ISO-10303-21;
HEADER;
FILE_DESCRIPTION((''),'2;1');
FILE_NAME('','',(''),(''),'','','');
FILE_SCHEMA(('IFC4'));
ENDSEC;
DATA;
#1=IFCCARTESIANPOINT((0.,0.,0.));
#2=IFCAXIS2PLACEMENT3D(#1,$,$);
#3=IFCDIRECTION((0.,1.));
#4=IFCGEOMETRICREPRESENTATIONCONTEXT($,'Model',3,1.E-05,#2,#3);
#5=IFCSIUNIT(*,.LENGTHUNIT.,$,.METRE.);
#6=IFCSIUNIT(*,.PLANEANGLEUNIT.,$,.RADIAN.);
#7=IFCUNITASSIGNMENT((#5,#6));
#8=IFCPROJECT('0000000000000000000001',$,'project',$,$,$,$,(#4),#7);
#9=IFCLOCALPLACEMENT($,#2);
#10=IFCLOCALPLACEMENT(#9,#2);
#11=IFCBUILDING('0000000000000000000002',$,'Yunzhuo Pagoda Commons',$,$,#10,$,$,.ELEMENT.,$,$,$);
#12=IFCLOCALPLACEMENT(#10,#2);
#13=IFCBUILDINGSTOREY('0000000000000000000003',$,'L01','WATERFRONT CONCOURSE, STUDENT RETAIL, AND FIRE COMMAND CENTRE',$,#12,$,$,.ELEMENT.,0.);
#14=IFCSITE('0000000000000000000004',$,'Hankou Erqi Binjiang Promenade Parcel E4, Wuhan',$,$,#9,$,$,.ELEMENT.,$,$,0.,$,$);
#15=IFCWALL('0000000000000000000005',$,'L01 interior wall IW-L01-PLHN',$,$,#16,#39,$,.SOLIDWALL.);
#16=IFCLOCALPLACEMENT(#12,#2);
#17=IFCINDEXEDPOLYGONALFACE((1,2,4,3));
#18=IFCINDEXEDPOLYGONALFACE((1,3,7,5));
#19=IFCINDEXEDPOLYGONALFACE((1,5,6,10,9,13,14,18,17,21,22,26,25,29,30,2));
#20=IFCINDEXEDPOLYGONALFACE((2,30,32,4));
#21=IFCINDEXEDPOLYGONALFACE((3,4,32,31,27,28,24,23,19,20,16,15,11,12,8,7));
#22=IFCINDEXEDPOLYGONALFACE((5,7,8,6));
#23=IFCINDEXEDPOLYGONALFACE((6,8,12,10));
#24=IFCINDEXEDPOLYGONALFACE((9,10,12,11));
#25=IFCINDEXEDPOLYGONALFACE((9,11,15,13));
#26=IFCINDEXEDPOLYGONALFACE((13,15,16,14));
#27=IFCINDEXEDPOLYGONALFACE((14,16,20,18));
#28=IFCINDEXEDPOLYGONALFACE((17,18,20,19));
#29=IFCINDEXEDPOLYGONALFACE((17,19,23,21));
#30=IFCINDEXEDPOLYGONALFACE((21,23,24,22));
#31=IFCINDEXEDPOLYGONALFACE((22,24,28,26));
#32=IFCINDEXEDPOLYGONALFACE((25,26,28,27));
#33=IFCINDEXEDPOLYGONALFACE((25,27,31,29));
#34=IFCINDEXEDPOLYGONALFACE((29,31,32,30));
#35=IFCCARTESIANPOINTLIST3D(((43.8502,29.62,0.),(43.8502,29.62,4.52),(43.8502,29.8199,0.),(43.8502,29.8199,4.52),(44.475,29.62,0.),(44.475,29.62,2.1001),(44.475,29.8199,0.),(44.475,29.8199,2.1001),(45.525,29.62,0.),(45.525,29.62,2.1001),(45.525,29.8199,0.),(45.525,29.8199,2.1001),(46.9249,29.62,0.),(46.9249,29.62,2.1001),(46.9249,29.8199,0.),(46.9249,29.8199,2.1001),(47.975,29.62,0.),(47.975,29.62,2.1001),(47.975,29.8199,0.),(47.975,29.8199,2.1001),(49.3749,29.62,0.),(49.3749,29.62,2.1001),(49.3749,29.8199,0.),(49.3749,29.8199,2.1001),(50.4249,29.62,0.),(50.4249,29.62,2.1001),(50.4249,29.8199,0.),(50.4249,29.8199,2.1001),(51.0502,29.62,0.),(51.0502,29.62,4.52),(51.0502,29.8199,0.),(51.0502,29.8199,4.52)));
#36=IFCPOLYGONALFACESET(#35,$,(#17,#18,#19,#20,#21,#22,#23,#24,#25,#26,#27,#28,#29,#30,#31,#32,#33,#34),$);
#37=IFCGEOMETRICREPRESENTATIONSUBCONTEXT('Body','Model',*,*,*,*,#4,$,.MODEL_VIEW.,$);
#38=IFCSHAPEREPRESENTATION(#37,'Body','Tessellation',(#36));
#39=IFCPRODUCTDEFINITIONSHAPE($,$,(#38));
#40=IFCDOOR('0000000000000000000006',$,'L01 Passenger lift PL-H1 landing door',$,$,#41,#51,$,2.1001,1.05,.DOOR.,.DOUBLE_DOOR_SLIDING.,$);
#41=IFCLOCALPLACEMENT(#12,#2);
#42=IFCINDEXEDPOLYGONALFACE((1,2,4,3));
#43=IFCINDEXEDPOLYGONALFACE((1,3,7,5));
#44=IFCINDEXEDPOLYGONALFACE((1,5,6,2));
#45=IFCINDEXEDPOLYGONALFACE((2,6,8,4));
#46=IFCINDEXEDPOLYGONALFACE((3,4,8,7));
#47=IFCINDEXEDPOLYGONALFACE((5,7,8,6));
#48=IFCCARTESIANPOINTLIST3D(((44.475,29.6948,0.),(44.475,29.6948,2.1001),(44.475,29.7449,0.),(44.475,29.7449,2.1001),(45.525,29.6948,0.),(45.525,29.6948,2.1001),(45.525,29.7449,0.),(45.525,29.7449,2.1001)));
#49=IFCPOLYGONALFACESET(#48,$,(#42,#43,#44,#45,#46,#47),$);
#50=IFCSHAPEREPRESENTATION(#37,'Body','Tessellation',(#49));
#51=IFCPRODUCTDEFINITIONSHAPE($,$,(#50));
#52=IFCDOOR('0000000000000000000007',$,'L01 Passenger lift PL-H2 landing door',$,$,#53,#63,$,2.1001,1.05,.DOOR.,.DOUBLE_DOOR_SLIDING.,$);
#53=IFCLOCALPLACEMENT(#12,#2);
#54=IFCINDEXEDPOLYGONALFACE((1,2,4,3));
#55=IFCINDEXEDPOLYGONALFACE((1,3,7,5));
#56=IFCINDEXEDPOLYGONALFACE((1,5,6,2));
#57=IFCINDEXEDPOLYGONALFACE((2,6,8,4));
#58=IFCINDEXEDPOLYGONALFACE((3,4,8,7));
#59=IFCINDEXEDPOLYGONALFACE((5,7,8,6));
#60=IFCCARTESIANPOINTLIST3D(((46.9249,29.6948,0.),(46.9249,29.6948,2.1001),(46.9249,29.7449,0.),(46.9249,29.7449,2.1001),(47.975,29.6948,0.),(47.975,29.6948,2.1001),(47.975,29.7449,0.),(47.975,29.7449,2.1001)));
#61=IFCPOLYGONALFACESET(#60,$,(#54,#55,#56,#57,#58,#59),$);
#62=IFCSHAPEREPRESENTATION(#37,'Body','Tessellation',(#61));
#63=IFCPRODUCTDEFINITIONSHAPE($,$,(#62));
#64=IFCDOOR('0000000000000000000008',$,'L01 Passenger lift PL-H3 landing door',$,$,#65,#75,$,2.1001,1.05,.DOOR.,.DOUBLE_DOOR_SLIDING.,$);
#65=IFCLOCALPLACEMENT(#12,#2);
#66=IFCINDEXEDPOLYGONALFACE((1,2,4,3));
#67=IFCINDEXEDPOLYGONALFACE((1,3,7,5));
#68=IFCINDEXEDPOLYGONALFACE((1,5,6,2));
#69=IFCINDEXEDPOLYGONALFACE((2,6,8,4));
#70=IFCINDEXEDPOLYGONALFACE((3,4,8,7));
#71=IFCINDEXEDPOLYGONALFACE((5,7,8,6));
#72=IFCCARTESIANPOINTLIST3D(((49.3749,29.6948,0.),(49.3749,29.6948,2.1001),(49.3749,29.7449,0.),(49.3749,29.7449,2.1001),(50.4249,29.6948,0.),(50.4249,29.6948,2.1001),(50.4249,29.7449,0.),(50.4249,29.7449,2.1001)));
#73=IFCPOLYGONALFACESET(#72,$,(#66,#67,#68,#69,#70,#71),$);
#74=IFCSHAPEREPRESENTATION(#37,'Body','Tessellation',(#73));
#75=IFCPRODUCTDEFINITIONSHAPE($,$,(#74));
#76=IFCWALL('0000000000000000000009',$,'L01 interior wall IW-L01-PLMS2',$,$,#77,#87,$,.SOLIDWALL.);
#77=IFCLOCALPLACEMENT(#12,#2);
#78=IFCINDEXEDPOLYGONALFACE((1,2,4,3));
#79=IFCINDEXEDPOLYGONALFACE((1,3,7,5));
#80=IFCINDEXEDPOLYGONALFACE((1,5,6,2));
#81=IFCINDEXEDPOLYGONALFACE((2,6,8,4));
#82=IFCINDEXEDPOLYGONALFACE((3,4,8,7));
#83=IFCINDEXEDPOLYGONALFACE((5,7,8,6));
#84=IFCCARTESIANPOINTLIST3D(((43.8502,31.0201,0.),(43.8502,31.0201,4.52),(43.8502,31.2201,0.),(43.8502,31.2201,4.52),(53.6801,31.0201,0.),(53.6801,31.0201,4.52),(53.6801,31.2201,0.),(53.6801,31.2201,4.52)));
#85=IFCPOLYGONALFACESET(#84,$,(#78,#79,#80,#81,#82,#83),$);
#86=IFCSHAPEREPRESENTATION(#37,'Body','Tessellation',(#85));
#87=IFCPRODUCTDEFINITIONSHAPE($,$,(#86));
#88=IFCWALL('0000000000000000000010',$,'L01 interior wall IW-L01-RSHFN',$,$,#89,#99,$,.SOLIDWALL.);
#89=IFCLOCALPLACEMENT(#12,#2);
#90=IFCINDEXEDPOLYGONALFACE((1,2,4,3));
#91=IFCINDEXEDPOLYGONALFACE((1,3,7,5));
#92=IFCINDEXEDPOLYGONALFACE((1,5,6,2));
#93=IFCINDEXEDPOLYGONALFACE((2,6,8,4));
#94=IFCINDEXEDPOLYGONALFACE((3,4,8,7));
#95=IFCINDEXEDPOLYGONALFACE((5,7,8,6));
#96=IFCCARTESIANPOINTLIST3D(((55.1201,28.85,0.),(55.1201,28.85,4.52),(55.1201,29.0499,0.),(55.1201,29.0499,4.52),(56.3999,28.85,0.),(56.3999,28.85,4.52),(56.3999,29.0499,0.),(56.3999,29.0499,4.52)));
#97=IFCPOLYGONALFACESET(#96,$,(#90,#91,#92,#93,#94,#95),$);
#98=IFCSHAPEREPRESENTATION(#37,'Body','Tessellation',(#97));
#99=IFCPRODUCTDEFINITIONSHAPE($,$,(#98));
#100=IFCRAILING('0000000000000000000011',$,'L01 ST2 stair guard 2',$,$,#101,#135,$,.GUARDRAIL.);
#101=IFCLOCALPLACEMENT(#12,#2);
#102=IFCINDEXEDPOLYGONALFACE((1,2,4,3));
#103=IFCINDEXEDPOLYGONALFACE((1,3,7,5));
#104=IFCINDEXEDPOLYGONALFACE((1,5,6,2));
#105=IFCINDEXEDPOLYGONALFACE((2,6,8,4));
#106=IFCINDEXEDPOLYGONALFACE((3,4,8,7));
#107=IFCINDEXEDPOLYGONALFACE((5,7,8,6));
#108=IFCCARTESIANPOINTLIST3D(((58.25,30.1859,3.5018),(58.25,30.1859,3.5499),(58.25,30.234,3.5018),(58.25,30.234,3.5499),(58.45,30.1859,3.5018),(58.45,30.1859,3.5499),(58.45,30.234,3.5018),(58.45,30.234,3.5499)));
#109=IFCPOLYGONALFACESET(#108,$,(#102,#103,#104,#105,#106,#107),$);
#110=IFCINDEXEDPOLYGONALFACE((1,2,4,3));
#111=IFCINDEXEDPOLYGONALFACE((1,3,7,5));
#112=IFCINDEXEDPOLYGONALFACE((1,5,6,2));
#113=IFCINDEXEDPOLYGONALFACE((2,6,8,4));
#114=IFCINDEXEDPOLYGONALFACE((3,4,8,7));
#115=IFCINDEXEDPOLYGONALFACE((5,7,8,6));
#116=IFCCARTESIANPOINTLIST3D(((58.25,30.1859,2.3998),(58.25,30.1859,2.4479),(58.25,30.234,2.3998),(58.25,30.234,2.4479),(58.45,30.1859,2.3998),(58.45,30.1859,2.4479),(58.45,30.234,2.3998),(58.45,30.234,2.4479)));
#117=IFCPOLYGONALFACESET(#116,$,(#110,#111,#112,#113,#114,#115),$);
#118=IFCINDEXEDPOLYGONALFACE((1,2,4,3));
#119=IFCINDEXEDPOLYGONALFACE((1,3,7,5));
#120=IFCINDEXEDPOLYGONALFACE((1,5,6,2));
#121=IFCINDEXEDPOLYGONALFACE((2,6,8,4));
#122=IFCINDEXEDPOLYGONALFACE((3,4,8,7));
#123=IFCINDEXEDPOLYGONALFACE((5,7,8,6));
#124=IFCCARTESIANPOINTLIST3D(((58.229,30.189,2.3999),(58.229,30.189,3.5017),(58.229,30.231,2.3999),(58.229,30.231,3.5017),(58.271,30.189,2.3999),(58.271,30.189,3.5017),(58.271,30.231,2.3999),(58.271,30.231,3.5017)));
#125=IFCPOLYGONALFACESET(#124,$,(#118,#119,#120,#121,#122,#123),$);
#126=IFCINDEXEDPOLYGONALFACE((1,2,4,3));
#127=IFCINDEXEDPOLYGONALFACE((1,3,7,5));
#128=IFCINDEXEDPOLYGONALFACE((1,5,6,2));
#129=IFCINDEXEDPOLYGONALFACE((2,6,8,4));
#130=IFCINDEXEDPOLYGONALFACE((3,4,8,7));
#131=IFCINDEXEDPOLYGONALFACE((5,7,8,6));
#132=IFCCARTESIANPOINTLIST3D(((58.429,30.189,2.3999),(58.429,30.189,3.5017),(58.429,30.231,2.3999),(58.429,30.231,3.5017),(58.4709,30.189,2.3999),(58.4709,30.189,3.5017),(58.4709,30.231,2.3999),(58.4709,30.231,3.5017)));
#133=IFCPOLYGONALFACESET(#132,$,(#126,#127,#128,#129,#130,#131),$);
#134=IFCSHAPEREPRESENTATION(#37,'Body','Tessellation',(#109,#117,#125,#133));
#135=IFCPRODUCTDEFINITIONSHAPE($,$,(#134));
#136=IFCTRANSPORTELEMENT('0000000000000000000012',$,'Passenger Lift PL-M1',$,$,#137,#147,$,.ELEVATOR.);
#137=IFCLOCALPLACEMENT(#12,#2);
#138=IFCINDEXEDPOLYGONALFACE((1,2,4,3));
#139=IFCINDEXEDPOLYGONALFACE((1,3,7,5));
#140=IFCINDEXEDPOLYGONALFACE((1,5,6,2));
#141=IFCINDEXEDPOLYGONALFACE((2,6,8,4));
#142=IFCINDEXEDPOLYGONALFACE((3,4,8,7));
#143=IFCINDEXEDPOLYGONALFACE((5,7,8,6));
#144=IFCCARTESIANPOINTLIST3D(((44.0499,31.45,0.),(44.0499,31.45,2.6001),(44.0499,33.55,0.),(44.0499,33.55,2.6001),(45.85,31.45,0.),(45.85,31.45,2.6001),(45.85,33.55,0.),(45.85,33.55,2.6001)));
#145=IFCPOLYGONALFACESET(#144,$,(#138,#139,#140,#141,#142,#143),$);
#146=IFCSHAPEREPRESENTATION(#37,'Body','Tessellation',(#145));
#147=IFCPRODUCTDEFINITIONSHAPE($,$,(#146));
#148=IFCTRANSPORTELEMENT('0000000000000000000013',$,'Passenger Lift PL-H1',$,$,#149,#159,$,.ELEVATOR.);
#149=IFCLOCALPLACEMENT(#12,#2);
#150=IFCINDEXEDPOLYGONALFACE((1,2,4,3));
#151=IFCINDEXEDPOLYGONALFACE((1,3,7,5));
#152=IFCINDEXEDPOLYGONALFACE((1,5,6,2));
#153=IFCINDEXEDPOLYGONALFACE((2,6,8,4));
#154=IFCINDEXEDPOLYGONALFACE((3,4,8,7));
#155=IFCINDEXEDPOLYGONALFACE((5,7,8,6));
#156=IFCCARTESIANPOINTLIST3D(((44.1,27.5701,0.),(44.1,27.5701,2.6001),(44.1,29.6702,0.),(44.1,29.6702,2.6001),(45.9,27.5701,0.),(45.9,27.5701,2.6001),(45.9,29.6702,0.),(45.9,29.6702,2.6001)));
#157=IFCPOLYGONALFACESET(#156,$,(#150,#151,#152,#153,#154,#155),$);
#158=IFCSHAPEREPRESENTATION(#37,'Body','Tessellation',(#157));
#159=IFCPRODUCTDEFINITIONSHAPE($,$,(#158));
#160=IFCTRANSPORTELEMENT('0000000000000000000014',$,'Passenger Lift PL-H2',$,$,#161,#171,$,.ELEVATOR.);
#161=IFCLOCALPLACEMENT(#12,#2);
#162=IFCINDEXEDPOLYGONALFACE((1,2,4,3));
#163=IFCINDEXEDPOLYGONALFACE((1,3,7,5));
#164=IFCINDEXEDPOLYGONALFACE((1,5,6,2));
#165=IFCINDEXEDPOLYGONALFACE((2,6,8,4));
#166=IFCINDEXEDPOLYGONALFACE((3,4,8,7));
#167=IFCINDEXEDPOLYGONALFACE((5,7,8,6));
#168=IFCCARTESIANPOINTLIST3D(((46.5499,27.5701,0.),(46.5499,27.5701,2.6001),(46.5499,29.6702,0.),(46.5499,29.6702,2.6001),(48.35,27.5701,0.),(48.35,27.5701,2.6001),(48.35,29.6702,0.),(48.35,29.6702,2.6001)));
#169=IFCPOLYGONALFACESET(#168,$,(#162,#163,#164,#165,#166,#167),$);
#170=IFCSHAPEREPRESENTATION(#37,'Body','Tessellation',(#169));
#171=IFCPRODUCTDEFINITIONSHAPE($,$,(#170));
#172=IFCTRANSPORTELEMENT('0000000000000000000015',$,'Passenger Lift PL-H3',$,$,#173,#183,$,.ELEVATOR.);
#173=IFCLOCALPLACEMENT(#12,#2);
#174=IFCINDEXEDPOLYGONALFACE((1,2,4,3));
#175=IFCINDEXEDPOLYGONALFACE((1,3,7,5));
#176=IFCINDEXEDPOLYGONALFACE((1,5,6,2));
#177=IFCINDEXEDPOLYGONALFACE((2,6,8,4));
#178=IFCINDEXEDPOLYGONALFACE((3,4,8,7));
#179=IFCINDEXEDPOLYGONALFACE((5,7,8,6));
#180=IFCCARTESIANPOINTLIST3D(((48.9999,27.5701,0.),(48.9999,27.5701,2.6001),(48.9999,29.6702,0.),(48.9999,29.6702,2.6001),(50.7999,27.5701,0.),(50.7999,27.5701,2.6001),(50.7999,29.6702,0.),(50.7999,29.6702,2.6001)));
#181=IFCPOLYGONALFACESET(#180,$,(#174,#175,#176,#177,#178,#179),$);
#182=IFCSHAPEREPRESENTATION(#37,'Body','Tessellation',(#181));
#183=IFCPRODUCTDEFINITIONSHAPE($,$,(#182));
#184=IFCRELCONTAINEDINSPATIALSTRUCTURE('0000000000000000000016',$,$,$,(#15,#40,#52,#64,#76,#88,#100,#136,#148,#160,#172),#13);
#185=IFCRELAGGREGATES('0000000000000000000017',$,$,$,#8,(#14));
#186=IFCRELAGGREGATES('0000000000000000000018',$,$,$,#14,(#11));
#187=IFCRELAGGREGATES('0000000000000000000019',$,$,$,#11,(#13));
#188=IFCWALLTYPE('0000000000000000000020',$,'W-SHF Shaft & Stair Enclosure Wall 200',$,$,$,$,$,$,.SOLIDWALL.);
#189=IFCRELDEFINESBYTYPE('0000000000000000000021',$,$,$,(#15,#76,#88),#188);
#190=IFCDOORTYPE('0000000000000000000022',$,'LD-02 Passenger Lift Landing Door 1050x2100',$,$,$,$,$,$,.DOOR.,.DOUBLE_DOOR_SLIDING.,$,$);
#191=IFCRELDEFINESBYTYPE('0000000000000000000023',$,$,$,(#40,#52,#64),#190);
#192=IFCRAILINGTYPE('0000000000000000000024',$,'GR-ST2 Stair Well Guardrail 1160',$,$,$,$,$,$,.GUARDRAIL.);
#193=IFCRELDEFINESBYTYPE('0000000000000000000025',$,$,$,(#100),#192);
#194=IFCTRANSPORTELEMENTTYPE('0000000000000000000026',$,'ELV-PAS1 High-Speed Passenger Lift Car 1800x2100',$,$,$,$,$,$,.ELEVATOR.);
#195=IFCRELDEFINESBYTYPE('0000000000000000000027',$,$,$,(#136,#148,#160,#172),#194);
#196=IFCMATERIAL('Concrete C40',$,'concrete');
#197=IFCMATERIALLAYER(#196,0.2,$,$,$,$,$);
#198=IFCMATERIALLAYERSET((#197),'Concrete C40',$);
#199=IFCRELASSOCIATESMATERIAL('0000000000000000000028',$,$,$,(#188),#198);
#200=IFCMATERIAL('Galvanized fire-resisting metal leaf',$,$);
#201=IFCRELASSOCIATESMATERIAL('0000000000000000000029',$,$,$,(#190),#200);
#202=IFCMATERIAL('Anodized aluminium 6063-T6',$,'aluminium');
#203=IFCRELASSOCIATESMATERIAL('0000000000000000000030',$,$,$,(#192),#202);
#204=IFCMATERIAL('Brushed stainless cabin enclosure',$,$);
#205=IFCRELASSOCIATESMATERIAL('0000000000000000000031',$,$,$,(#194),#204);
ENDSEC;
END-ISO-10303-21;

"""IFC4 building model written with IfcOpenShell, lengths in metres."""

from ifc_helpers import new_model, si_unit, direction, frame, frame_2d, origin, origin_with_axes, origin_2d, place, context, subcontext, project, spatial, rectangle, extrude, source, transform, mapped, material, layer, layer_set, type_object, element, fill, save


model = new_model("IFC4")

# Units and contexts
model_context = context("Model", 3, precision=1e-05, world=origin(), true_north=direction((0.0, 1.0)))
body_context = subcontext(model_context, "Body", "Model", "MODEL_VIEW")
ifc_project = project(units=[si_unit("LENGTHUNIT", "METRE"), si_unit("PLANEANGLEUNIT", "RADIAN")], contexts=[model_context])

# Site, building, storey
site_placement = place(None, origin())
site = spatial("IfcSite", under=ifc_project, at=site_placement, Name="Hankou Erqi Binjiang Promenade Parcel E4, Wuhan", CompositionType="ELEMENT", RefElevation=0.0)
building_placement = place(site_placement, origin())
building = spatial("IfcBuilding", under=site, at=building_placement, Name="Yunzhuo Pagoda Commons", CompositionType="ELEMENT")
storey_placement = place(building_placement, origin())
storey = spatial("IfcBuildingStorey", under=building, at=storey_placement, Name="L01", Description="WATERFRONT CONCOURSE, STUDENT RETAIL, AND FIRE COMMAND CENTRE", CompositionType="ELEMENT", Elevation=0.0)

# Shared definitions
ifc_material_1 = material(Name="Galvanized fire-resisting metal leaf")

# Shared definitions
ifc_material_2 = material(Name="Concrete C40", Category="concrete")
ifc_layer_1 = layer(ifc_material_2, 0.2)
ifc_layer_set_1 = layer_set([ifc_layer_1], Name="Concrete C40")
wall_type_1 = type_object("IfcWallType", Name="W-SHF Shaft & Stair Enclosure Wall 200", PredefinedType="SOLIDWALL", material=ifc_layer_set_1)

# Wall, openings, doors
wall_1_placement = place(storey_placement, frame((43.8501, 29.72, 0.0), z_axis=(0.0, 0.0, 1.0), x_axis=(1.0, 0.0, 0.0)))
wall_1 = element("IfcWall", 1, at=wall_1_placement, inside=storey, type_object=wall_type_1, Name="L01 interior wall IW-L01-PLHN", PredefinedType="SOLIDWALL", context=body_context, shape_type="SweptSolid", body=[
    extrude(rectangle(XDim=7.2, YDim=0.2, at=frame_2d((3.6001, 0.0))), origin(), (0.0, 0.0, 1.0), 4.52),
])
opening_1_placement = place(wall_1_placement, frame((0.625, 0.0, 0.0)))
opening_1 = element("IfcOpeningElement", 2, at=opening_1_placement, cuts=wall_1, PredefinedType="OPENING", context=body_context, shape_type="SweptSolid", body=[
    extrude(rectangle(XDim=1.05, YDim=2.1001, at=frame_2d((0.5249, 1.05))), frame((0.0, 0.1099, 0.0), z_axis=(0.0, -1.0, 0.0), x_axis=(1.0, 0.0, 0.0)), (0.0, 0.0, 1.0), 0.22),
])
opening_2_placement = place(wall_1_placement, frame((3.075, 0.0, 0.0)))
opening_2 = element("IfcOpeningElement", 3, at=opening_2_placement, cuts=wall_1, PredefinedType="OPENING", context=body_context, shape_type="SweptSolid", body=[
    extrude(rectangle(XDim=1.05, YDim=2.1001, at=frame_2d((0.5249, 1.05))), frame((0.0, 0.1099, 0.0), z_axis=(0.0, -1.0, 0.0), x_axis=(1.0, 0.0, 0.0)), (0.0, 0.0, 1.0), 0.22),
])
opening_3_placement = place(wall_1_placement, frame((5.5249, 0.0, 0.0)))
opening_3 = element("IfcOpeningElement", 4, at=opening_3_placement, cuts=wall_1, PredefinedType="OPENING", context=body_context, shape_type="SweptSolid", body=[
    extrude(rectangle(XDim=1.05, YDim=2.1001, at=frame_2d((0.5249, 1.05))), frame((0.0, 0.1099, 0.0), z_axis=(0.0, -1.0, 0.0), x_axis=(1.0, 0.0, 0.0)), (0.0, 0.0, 1.0), 0.22),
])
door_type_1 = type_object("IfcDoorType", Name="LD-02 Passenger Lift Landing Door 1050x2100", OperationType="DOUBLE_DOOR_SLIDING", PredefinedType="DOOR", material=ifc_material_1)
shared_shape_1 = source(origin(), body_context, "Body", "SweptSolid", [
    extrude(rectangle(XDim=1.05, YDim=2.1001, at=frame_2d((0.5249, 1.05))), frame((0.0, 0.0249, 0.0), z_axis=(0.0, -1.0, 0.0), x_axis=(1.0, 0.0, 0.0)), (0.0, 0.0, 1.0), 0.05),
])
door_1_placement = place(opening_1_placement, origin_with_axes())
door_1 = element("IfcDoor", 5, at=door_1_placement, inside=storey, type_object=door_type_1, Name="L01 Passenger lift PL-H1 landing door", OperationType="DOUBLE_DOOR_SLIDING", OverallHeight=2.1001, OverallWidth=1.05, PredefinedType="DOOR", context=body_context, shape_type="MappedRepresentation", body=[
    mapped(shared_shape_1, transform((0.0, 0.0, 0.0), scale=1.0)),
])
fill(opening_1, door_1)
door_2_placement = place(opening_2_placement, origin_with_axes())
door_2 = element("IfcDoor", 6, at=door_2_placement, inside=storey, type_object=door_type_1, Name="L01 Passenger lift PL-H2 landing door", OperationType="DOUBLE_DOOR_SLIDING", OverallHeight=2.1001, OverallWidth=1.05, PredefinedType="DOOR", context=body_context, shape_type="MappedRepresentation", body=[
    mapped(shared_shape_1, transform((0.0, 0.0, 0.0), scale=1.0)),
])
fill(opening_2, door_2)
door_3_placement = place(opening_3_placement, origin_with_axes())
door_3 = element("IfcDoor", 7, at=door_3_placement, inside=storey, type_object=door_type_1, Name="L01 Passenger lift PL-H3 landing door", OperationType="DOUBLE_DOOR_SLIDING", OverallHeight=2.1001, OverallWidth=1.05, PredefinedType="DOOR", context=body_context, shape_type="MappedRepresentation", body=[
    mapped(shared_shape_1, transform((0.0, 0.0, 0.0), scale=1.0)),
])
fill(opening_3, door_3)

# Walls
wall_2_placement = place(storey_placement, frame((43.8501, 31.1201, 0.0), z_axis=(0.0, 0.0, 1.0), x_axis=(1.0, 0.0, 0.0)))
element("IfcWall", 8, at=wall_2_placement, inside=storey, type_object=wall_type_1, Name="L01 interior wall IW-L01-PLMS2", PredefinedType="SOLIDWALL", context=body_context, shape_type="SweptSolid", body=[
    extrude(rectangle(XDim=9.8298, YDim=0.2, at=frame_2d((4.915, 0.0))), origin(), (0.0, 0.0, 1.0), 4.52),
])
wall_3_placement = place(storey_placement, frame((55.1201, 28.95, 0.0), z_axis=(0.0, 0.0, 1.0), x_axis=(1.0, 0.0, 0.0)))
element("IfcWall", 9, at=wall_3_placement, inside=storey, type_object=wall_type_1, Name="L01 interior wall IW-L01-RSHFN", PredefinedType="SOLIDWALL", context=body_context, shape_type="SweptSolid", body=[
    extrude(rectangle(XDim=1.2798, YDim=0.2, at=frame_2d((0.6399, 0.0))), origin(), (0.0, 0.0, 1.0), 4.52),
])

# Railing
ifc_material_3 = material(Name="Anodized aluminium 6063-T6", Category="aluminium")
railing_type = type_object("IfcRailingType", Name="GR-ST2 Stair Well Guardrail 1160", PredefinedType="GUARDRAIL", material=ifc_material_3)
railing_placement = place(storey_placement, frame((58.25, 30.21, 2.3999)))
element("IfcRailing", 10, at=railing_placement, inside=storey, type_object=railing_type, Name="L01 ST2 stair guard 2", PredefinedType="GUARDRAIL", context=body_context, shape_type="SweptSolid", body=[
    extrude(rectangle(XDim=0.0481, YDim=0.0481, at=origin_2d()), frame((0.0, 0.0, 1.126), z_axis=(1.0, 0.0, 0.0), x_axis=(0.0, 1.0, 0.0)), (0.0, 0.0, 1.0), 0.2),
    extrude(rectangle(XDim=0.0481, YDim=0.0481, at=origin_2d()), frame((0.0, 0.0, 0.0239), z_axis=(1.0, 0.0, 0.0), x_axis=(0.0, 1.0, 0.0)), (0.0, 0.0, 1.0), 0.2),
    extrude(rectangle(XDim=0.042, YDim=0.042, at=origin_2d()), origin(), (0.0, 0.0, 1.0), 1.1018),
    extrude(rectangle(XDim=0.042, YDim=0.042, at=origin_2d()), frame((0.2, 0.0, 0.0)), (0.0, 0.0, 1.0), 1.1018),
])

# Transport elements
ifc_material_4 = material(Name="Brushed stainless cabin enclosure")
transport_element_type = type_object("IfcTransportElementType", Name="ELV-PAS1 High-Speed Passenger Lift Car 1800x2100", PredefinedType="ELEVATOR", material=ifc_material_4)
shared_shape_2 = source(origin(), body_context, "Body", "SweptSolid", [
    extrude(rectangle(XDim=1.8, YDim=2.1001, at=origin_2d()), origin(), (0.0, 0.0, 1.0), 2.6001),
])
for number, where, z_axis, x_axis, name in (
    (11, (44.95, 32.5, 0.0), (0.0, 0.0, 1.0), (1.0, 0.0, 0.0), "Passenger Lift PL-M1"),
    (12, (45.0, 28.6201, 0.0), (0.0, 0.0, 1.0), (1.0, 0.0, 0.0), "Passenger Lift PL-H1"),
    (13, (47.45, 28.6201, 0.0), (0.0, 0.0, 1.0), (1.0, 0.0, 0.0), "Passenger Lift PL-H2"),
    (14, (49.8999, 28.6201, 0.0), (0.0, 0.0, 1.0), (1.0, 0.0, 0.0), "Passenger Lift PL-H3"),
):
    element("IfcTransportElement", number, at=place(storey_placement, frame(where, z_axis=z_axis, x_axis=x_axis)), inside=storey, type_object=transport_element_type, Name=name, PredefinedType="ELEVATOR", context=body_context, shape_type="MappedRepresentation", body=[
        mapped(shared_shape_2, transform((0.0, 0.0, 0.0), scale=1.0)),
    ])

save(model, "model.ifc")
